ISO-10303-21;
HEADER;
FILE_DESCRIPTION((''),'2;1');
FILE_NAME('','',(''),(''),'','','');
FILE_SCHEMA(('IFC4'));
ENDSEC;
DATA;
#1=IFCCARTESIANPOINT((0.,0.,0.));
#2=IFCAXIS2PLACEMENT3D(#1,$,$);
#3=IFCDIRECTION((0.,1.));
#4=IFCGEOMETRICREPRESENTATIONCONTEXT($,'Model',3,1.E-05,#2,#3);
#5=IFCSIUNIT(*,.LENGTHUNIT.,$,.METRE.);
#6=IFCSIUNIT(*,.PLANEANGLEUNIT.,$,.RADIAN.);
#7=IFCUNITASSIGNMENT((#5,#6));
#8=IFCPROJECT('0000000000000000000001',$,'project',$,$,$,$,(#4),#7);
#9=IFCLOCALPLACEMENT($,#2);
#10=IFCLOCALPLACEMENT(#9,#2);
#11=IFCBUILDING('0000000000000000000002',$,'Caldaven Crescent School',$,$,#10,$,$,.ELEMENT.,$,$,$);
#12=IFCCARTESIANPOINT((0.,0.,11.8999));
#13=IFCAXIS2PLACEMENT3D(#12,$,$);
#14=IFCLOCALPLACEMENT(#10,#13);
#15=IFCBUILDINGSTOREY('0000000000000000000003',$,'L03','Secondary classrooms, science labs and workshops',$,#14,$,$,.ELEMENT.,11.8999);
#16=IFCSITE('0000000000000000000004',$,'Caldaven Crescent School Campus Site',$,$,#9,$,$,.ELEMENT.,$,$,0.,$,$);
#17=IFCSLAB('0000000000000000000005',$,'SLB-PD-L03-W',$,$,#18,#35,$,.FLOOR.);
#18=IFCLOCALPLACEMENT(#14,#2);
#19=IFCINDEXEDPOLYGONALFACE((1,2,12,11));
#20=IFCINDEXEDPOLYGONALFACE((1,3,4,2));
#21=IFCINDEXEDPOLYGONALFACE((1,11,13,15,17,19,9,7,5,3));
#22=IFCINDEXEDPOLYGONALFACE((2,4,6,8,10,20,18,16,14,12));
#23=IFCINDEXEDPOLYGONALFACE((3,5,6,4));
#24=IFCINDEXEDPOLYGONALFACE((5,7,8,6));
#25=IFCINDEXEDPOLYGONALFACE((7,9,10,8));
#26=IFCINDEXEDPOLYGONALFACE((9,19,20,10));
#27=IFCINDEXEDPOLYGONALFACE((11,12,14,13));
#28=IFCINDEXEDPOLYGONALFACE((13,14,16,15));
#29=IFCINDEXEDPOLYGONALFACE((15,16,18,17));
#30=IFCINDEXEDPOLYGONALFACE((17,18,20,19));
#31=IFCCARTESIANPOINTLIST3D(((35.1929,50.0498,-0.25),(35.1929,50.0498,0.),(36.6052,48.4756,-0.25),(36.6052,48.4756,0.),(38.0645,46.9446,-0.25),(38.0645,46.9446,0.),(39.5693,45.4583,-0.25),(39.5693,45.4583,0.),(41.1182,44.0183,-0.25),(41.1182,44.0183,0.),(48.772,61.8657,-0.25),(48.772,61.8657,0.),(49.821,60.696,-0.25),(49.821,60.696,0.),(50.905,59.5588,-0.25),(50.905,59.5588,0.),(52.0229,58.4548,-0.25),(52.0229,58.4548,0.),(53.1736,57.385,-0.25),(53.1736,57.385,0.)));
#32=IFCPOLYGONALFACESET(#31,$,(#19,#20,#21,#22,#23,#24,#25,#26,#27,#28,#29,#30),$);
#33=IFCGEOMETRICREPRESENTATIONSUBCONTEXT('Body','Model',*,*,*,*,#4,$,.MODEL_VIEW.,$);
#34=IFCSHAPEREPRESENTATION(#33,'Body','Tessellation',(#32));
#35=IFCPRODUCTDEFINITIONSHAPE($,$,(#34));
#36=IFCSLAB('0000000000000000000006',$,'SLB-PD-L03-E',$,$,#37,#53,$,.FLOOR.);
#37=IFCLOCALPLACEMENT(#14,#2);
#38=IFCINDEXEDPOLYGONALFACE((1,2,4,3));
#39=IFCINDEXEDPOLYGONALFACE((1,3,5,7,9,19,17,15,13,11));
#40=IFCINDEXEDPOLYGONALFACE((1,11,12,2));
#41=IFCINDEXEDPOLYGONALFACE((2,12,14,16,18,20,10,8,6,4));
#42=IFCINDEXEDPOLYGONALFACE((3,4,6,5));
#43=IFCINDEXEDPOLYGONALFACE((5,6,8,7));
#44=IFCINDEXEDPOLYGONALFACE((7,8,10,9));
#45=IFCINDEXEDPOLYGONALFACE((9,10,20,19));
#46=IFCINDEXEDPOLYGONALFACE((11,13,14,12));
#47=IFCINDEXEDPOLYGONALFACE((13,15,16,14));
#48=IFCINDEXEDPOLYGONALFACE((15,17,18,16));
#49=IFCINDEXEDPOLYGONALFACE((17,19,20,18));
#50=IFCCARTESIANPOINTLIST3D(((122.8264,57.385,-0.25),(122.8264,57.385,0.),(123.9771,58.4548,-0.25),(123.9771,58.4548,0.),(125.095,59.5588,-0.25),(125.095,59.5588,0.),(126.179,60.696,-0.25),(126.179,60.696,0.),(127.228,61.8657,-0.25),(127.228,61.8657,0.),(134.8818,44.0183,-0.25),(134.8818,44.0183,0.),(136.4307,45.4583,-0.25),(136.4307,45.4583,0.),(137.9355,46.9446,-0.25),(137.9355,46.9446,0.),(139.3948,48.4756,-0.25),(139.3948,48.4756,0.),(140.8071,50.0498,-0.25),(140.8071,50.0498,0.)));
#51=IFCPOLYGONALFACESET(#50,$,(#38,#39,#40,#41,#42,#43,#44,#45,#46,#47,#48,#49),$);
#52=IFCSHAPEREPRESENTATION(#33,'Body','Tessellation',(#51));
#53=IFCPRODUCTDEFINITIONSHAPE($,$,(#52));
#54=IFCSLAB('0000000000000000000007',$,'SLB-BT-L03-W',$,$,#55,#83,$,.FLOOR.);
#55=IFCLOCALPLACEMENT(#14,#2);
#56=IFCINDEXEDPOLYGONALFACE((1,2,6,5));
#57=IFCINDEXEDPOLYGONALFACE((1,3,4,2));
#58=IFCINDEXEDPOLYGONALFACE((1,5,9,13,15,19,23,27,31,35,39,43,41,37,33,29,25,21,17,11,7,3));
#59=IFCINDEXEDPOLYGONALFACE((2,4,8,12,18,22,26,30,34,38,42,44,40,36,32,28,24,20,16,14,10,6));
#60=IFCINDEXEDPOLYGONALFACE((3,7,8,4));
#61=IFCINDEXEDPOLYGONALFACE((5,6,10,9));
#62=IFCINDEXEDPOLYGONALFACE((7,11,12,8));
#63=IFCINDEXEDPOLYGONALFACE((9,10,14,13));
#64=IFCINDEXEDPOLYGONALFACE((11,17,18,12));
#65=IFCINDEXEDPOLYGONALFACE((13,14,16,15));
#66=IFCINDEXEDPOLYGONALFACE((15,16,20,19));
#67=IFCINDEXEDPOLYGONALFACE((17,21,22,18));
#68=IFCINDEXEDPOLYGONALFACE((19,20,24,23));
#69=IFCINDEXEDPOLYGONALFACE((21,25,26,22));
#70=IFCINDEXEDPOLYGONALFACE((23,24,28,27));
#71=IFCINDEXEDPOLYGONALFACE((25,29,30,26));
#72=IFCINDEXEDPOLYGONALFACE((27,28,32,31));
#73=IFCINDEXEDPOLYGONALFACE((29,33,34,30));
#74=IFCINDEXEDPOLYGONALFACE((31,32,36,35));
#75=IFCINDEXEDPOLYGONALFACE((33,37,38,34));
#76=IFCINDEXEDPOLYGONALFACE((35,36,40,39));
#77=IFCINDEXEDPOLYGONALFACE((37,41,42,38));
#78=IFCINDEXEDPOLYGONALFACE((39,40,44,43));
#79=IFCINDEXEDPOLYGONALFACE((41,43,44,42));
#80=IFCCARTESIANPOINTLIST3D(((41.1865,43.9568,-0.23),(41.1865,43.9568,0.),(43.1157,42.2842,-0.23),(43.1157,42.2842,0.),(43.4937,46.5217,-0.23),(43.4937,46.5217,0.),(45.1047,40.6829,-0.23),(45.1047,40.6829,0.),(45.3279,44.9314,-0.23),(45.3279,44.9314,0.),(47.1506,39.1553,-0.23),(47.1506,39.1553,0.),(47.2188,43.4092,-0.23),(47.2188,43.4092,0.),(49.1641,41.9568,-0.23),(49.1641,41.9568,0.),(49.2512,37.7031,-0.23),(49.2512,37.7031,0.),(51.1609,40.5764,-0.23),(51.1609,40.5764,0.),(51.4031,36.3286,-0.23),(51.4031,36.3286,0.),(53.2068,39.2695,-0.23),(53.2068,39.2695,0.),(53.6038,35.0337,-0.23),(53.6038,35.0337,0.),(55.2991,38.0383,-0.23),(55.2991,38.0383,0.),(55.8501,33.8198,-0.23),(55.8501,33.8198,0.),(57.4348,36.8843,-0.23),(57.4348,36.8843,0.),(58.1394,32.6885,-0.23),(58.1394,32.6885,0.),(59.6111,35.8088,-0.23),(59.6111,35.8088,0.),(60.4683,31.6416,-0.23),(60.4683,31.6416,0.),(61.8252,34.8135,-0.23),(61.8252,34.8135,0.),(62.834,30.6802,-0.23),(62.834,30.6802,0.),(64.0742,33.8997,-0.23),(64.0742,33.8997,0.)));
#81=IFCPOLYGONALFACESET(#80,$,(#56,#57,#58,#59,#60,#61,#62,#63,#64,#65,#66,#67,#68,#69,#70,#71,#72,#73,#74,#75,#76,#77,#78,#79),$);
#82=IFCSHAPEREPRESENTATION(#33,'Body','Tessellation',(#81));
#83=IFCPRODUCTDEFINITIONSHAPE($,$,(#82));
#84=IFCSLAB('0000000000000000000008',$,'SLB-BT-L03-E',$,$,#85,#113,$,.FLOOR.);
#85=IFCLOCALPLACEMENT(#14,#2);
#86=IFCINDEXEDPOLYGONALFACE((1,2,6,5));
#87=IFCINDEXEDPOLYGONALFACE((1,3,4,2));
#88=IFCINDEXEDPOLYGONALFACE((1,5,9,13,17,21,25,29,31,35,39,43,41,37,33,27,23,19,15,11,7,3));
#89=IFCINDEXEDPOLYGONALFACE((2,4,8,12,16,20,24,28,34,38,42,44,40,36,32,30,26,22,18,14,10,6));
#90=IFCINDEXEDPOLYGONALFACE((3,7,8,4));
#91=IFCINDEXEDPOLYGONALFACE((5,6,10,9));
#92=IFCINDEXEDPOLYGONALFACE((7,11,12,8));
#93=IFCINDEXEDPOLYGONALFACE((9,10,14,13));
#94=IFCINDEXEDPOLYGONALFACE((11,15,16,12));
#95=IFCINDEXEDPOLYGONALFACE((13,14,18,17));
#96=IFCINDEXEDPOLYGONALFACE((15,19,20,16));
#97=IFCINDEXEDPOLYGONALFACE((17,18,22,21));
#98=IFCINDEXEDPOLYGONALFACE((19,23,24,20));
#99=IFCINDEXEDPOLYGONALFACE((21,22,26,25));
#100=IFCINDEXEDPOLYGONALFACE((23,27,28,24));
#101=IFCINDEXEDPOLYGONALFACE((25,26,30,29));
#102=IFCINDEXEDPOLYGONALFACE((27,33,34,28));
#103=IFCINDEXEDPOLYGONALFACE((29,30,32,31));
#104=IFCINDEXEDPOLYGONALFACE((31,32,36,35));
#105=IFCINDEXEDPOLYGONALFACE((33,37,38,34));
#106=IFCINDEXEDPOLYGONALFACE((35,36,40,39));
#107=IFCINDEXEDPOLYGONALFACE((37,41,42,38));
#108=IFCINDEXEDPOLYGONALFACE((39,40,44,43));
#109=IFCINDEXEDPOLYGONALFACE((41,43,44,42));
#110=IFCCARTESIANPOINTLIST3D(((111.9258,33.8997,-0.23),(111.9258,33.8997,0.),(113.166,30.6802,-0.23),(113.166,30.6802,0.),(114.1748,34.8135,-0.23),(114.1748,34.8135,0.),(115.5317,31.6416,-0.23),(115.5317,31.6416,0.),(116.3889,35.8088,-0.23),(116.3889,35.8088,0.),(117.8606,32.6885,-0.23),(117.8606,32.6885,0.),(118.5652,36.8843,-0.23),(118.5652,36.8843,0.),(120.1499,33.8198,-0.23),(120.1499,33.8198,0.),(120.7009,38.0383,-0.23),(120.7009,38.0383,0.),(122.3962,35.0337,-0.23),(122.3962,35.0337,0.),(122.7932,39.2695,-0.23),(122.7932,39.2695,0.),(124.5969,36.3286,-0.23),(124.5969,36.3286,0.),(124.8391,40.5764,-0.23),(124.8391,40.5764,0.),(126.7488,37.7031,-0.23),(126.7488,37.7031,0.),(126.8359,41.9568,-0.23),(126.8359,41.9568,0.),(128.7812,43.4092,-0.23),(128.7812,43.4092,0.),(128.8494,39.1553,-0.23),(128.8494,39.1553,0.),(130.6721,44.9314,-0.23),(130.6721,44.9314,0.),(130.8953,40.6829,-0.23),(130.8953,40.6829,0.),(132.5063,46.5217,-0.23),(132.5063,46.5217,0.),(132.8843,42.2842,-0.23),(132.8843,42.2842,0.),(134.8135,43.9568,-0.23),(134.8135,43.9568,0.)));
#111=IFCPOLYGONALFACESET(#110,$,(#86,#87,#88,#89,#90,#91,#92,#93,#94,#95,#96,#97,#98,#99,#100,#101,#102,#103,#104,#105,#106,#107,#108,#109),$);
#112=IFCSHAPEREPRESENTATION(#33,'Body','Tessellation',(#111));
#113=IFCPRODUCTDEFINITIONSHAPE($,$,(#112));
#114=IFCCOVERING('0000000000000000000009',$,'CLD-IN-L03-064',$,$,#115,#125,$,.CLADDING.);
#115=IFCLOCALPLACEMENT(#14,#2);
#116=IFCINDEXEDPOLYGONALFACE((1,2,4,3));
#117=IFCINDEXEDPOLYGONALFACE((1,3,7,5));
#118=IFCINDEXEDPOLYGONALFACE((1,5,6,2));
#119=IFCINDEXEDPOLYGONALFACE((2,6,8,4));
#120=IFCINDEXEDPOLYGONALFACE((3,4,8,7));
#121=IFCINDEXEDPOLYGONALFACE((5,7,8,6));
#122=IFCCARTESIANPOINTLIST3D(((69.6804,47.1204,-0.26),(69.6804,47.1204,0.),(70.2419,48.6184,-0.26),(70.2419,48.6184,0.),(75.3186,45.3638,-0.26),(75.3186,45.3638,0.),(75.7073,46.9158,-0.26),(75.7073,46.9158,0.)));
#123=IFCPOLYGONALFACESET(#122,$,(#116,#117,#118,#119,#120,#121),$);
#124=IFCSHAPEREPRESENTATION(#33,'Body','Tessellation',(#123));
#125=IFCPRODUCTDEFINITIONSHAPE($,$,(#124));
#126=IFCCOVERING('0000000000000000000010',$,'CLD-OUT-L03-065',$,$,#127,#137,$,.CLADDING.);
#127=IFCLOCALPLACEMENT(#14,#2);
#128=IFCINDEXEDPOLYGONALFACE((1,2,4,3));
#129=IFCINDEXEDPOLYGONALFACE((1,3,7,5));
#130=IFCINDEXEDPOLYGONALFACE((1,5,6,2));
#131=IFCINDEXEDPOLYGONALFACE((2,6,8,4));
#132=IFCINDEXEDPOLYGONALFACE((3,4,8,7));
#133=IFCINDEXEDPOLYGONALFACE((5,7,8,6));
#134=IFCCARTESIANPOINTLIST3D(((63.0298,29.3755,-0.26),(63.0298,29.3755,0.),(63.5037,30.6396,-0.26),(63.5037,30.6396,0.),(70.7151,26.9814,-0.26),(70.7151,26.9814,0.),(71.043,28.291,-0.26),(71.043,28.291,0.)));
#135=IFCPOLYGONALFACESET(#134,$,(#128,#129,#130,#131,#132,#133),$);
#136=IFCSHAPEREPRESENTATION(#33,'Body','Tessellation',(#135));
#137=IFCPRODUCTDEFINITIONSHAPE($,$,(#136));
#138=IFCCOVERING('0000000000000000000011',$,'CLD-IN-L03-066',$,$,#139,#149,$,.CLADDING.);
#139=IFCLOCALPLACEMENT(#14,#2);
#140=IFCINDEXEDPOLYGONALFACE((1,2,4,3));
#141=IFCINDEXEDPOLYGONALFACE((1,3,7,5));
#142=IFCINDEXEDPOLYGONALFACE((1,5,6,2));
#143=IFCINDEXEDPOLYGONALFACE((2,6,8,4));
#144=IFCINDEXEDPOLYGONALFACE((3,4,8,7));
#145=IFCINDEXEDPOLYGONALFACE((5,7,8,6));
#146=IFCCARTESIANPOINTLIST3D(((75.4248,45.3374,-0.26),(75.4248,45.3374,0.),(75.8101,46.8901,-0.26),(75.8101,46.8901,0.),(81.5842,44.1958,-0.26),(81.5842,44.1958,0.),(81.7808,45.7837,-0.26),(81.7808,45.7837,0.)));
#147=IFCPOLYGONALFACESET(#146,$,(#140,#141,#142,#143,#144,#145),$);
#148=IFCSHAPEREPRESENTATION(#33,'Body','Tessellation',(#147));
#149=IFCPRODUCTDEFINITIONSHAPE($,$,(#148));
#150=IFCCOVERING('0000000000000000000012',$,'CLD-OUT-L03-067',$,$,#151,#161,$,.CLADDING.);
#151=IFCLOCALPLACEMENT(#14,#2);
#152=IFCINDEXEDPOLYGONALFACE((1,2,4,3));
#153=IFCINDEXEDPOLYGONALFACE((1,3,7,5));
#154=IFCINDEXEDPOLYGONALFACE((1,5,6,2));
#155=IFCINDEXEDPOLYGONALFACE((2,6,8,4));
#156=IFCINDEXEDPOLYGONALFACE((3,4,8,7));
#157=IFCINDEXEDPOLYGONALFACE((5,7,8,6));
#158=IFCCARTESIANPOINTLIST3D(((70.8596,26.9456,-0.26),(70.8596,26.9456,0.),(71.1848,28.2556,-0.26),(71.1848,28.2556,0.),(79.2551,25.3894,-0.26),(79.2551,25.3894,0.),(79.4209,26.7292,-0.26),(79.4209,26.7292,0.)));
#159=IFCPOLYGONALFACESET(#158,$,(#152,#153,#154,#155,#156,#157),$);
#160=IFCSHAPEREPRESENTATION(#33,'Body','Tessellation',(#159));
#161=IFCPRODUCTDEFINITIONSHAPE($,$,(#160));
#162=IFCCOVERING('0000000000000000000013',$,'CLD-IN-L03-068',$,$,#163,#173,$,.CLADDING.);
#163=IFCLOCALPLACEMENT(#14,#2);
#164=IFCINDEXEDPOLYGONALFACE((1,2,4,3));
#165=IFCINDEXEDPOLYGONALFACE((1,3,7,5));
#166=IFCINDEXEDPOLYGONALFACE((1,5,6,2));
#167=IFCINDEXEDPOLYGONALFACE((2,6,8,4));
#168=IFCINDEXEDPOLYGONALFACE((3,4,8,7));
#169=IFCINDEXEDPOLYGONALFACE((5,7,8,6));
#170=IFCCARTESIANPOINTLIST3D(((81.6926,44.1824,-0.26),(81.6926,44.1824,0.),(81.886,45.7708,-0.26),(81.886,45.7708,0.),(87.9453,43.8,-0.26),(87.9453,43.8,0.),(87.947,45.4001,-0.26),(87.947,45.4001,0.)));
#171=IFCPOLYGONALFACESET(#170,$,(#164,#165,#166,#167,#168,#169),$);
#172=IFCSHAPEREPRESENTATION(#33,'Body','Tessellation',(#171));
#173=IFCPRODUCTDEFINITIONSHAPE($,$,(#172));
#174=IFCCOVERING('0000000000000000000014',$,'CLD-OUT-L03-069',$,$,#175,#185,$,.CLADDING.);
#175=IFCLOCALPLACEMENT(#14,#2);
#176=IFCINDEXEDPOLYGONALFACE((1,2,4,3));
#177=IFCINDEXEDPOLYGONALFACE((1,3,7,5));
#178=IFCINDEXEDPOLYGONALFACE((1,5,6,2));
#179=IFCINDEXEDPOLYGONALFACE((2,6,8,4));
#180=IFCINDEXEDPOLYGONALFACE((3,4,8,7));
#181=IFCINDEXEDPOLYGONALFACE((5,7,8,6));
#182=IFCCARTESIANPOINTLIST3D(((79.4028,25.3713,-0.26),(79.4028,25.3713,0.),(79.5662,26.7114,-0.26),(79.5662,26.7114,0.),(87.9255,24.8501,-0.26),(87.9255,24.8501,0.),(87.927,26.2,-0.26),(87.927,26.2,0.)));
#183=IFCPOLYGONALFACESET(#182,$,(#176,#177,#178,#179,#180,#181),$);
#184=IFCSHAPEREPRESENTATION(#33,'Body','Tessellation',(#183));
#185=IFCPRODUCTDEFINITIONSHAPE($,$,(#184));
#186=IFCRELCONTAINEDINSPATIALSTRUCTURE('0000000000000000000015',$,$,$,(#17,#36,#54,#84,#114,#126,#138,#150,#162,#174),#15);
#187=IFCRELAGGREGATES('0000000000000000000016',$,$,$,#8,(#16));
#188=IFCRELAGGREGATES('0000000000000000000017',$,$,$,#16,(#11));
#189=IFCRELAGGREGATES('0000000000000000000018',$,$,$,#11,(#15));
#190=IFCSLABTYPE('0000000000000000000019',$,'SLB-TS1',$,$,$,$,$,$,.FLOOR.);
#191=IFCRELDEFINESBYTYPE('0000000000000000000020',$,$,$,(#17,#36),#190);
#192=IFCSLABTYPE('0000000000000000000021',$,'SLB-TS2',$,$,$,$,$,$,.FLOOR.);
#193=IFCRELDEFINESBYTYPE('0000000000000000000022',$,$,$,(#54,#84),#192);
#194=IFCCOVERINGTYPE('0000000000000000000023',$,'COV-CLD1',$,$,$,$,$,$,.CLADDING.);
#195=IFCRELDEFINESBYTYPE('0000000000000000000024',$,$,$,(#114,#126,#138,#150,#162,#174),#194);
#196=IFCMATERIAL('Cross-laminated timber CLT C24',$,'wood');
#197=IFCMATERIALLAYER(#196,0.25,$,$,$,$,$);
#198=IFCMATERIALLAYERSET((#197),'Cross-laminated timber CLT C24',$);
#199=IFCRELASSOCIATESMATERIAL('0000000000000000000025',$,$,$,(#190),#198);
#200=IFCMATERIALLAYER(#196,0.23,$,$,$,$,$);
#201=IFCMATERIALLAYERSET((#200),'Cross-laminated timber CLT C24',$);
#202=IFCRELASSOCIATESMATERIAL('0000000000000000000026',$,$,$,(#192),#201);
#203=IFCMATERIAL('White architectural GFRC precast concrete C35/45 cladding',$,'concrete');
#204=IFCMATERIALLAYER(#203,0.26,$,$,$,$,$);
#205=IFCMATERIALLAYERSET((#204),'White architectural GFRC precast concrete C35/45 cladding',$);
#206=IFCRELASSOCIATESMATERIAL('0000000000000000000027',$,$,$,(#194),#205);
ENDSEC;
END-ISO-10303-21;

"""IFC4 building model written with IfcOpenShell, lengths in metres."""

from ifc_helpers import new_model, si_unit, direction, frame, origin, place, context, subcontext, project, spatial, polyline, outline, extrude, material, layer, layer_set, type_object, element, save


model = new_model("IFC4")

# Units and contexts
model_context = context("Model", 3, precision=1e-05, world=origin(), true_north=direction((0.0, 1.0)))
body_context = subcontext(model_context, "Body", "Model", "MODEL_VIEW")
ifc_project = project(units=[si_unit("LENGTHUNIT", "METRE"), si_unit("PLANEANGLEUNIT", "RADIAN")], contexts=[model_context])

# Site, building, storey
site_placement = place(None, origin())
site = spatial("IfcSite", under=ifc_project, at=site_placement, Name="Caldaven Crescent School Campus Site", CompositionType="ELEMENT", RefElevation=0.0)
building_placement = place(site_placement, origin())
building = spatial("IfcBuilding", under=site, at=building_placement, Name="Caldaven Crescent School", CompositionType="ELEMENT")
storey_placement = place(building_placement, frame((0.0, 0.0, 11.8999)))
storey = spatial("IfcBuildingStorey", under=building, at=storey_placement, Name="L03", Description="Secondary classrooms, science labs and workshops", CompositionType="ELEMENT", Elevation=11.8999)

# Slabs
ifc_material_1 = material(Name="Cross-laminated timber CLT C24", Category="wood")
ifc_layer_1 = layer(ifc_material_1, 0.25)
ifc_layer_set_1 = layer_set([ifc_layer_1], Name="Cross-laminated timber CLT C24")
slab_type_1 = type_object("IfcSlabType", Name="SLB-TS1", PredefinedType="FLOOR", material=ifc_layer_set_1)
slab_1_placement = place(storey_placement, frame((0.0, 0.0, -0.25)))
element("IfcSlab", 1, at=slab_1_placement, inside=storey, type_object=slab_type_1, Name="SLB-PD-L03-W", PredefinedType="FLOOR", context=body_context, shape_type="SweptSolid", body=[
    extrude(outline(polyline([(35.1929, 50.0498), (36.6052, 48.4756), (38.0645, 46.9446), (39.5693, 45.4583), (41.1182, 44.0183), (53.1736, 57.385), (52.0229, 58.4548), (50.905, 59.5588), (49.821, 60.696), (48.772, 61.8657), (35.1929, 50.0498)])), origin(), (0.0, 0.0, 1.0), 0.25),
])
slab_2_placement = place(storey_placement, frame((0.0, 0.0, -0.25)))
element("IfcSlab", 2, at=slab_2_placement, inside=storey, type_object=slab_type_1, Name="SLB-PD-L03-E", PredefinedType="FLOOR", context=body_context, shape_type="SweptSolid", body=[
    extrude(outline(polyline([(134.8818, 44.0183), (136.4307, 45.4583), (137.9355, 46.9446), (139.3948, 48.4756), (140.8071, 50.0498), (127.228, 61.8657), (126.179, 60.696), (125.095, 59.5588), (123.9771, 58.4548), (122.8264, 57.385), (134.8818, 44.0183)])), origin(), (0.0, 0.0, 1.0), 0.25),
])
ifc_layer_2 = layer(ifc_material_1, 0.23)
ifc_layer_set_2 = layer_set([ifc_layer_2], Name="Cross-laminated timber CLT C24")
slab_type_2 = type_object("IfcSlabType", Name="SLB-TS2", PredefinedType="FLOOR", material=ifc_layer_set_2)
slab_3_placement = place(storey_placement, frame((0.0, 0.0, -0.23)))
element("IfcSlab", 3, at=slab_3_placement, inside=storey, type_object=slab_type_2, Name="SLB-BT-L03-W", PredefinedType="FLOOR", context=body_context, shape_type="SweptSolid", body=[
    extrude(outline(polyline([(41.1865, 43.9568), (43.1157, 42.2842), (45.1047, 40.6829), (47.1506, 39.1553), (49.2512, 37.7031), (51.4031, 36.3286), (53.6038, 35.0337), (55.8501, 33.8198), (58.1394, 32.6885), (60.4683, 31.6416), (62.834, 30.6802), (64.0742, 33.8997), (61.8252, 34.8135), (59.6111, 35.8088), (57.4348, 36.8843), (55.2991, 38.0383), (53.2068, 39.2695), (51.1609, 40.5764), (49.1641, 41.9568), (47.2188, 43.4092), (45.3279, 44.9314), (43.4937, 46.5217), (41.1865, 43.9568)])), origin(), (0.0, 0.0, 1.0), 0.23),
])
slab_4_placement = place(storey_placement, frame((0.0, 0.0, -0.23)))
element("IfcSlab", 4, at=slab_4_placement, inside=storey, type_object=slab_type_2, Name="SLB-BT-L03-E", PredefinedType="FLOOR", context=body_context, shape_type="SweptSolid", body=[
    extrude(outline(polyline([(113.166, 30.6802), (115.5317, 31.6416), (117.8606, 32.6885), (120.1499, 33.8198), (122.3962, 35.0337), (124.5969, 36.3286), (126.7488, 37.7031), (128.8494, 39.1553), (130.8953, 40.6829), (132.8843, 42.2842), (134.8135, 43.9568), (132.5063, 46.5217), (130.6721, 44.9314), (128.7812, 43.4092), (126.8359, 41.9568), (124.8391, 40.5764), (122.7932, 39.2695), (120.7009, 38.0383), (118.5652, 36.8843), (116.3889, 35.8088), (114.1748, 34.8135), (111.9258, 33.8997), (113.166, 30.6802)])), origin(), (0.0, 0.0, 1.0), 0.23),
])

# Coverings
ifc_material_2 = material(Name="White architectural GFRC precast concrete C35/45 cladding", Category="concrete")
ifc_layer_3 = layer(ifc_material_2, 0.26)
ifc_layer_set_3 = layer_set([ifc_layer_3], Name="White architectural GFRC precast concrete C35/45 cladding")
covering_type_1 = type_object("IfcCoveringType", Name="COV-CLD1", PredefinedType="CLADDING", material=ifc_layer_set_3)
covering_1_placement = place(storey_placement, frame((0.0, 0.0, -0.26)))
element("IfcCovering", 5, at=covering_1_placement, inside=storey, type_object=covering_type_1, Name="CLD-IN-L03-064", PredefinedType="CLADDING", context=body_context, shape_type="SweptSolid", body=[
    extrude(outline(polyline([(70.2419, 48.6184), (75.7073, 46.9158), (75.3186, 45.3638), (69.6804, 47.1204), (70.2419, 48.6184)])), origin(), (0.0, 0.0, 1.0), 0.26),
])
covering_2_placement = place(storey_placement, frame((0.0, 0.0, -0.26)))
element("IfcCovering", 6, at=covering_2_placement, inside=storey, type_object=covering_type_1, Name="CLD-OUT-L03-065", PredefinedType="CLADDING", context=body_context, shape_type="SweptSolid", body=[
    extrude(outline(polyline([(63.5037, 30.6396), (71.043, 28.291), (70.7151, 26.9814), (63.0298, 29.3755), (63.5037, 30.6396)])), origin(), (0.0, 0.0, 1.0), 0.26),
])
covering_3_placement = place(storey_placement, frame((0.0, 0.0, -0.26)))
element("IfcCovering", 7, at=covering_3_placement, inside=storey, type_object=covering_type_1, Name="CLD-IN-L03-066", PredefinedType="CLADDING", context=body_context, shape_type="SweptSolid", body=[
    extrude(outline(polyline([(75.8101, 46.8901), (81.7808, 45.7837), (81.5842, 44.1958), (75.4248, 45.3374), (75.8101, 46.8901)])), origin(), (0.0, 0.0, 1.0), 0.26),
])
covering_4_placement = place(storey_placement, frame((0.0, 0.0, -0.26)))
element("IfcCovering", 8, at=covering_4_placement, inside=storey, type_object=covering_type_1, Name="CLD-OUT-L03-067", PredefinedType="CLADDING", context=body_context, shape_type="SweptSolid", body=[
    extrude(outline(polyline([(71.1848, 28.2556), (79.4209, 26.7292), (79.2551, 25.3894), (70.8596, 26.9456), (71.1848, 28.2556)])), origin(), (0.0, 0.0, 1.0), 0.26),
])
covering_5_placement = place(storey_placement, frame((0.0, 0.0, -0.26)))
element("IfcCovering", 9, at=covering_5_placement, inside=storey, type_object=covering_type_1, Name="CLD-IN-L03-068", PredefinedType="CLADDING", context=body_context, shape_type="SweptSolid", body=[
    extrude(outline(polyline([(81.886, 45.7708), (87.947, 45.4001), (87.9453, 43.8), (81.6926, 44.1824), (81.886, 45.7708)])), origin(), (0.0, 0.0, 1.0), 0.26),
])
covering_6_placement = place(storey_placement, frame((0.0, 0.0, -0.26)))
element("IfcCovering", 10, at=covering_6_placement, inside=storey, type_object=covering_type_1, Name="CLD-OUT-L03-069", PredefinedType="CLADDING", context=body_context, shape_type="SweptSolid", body=[
    extrude(outline(polyline([(79.5662, 26.7114), (87.927, 26.2), (87.9255, 24.8501), (79.4028, 25.3713), (79.5662, 26.7114)])), origin(), (0.0, 0.0, 1.0), 0.26),
])

save(model, "model.ifc")
